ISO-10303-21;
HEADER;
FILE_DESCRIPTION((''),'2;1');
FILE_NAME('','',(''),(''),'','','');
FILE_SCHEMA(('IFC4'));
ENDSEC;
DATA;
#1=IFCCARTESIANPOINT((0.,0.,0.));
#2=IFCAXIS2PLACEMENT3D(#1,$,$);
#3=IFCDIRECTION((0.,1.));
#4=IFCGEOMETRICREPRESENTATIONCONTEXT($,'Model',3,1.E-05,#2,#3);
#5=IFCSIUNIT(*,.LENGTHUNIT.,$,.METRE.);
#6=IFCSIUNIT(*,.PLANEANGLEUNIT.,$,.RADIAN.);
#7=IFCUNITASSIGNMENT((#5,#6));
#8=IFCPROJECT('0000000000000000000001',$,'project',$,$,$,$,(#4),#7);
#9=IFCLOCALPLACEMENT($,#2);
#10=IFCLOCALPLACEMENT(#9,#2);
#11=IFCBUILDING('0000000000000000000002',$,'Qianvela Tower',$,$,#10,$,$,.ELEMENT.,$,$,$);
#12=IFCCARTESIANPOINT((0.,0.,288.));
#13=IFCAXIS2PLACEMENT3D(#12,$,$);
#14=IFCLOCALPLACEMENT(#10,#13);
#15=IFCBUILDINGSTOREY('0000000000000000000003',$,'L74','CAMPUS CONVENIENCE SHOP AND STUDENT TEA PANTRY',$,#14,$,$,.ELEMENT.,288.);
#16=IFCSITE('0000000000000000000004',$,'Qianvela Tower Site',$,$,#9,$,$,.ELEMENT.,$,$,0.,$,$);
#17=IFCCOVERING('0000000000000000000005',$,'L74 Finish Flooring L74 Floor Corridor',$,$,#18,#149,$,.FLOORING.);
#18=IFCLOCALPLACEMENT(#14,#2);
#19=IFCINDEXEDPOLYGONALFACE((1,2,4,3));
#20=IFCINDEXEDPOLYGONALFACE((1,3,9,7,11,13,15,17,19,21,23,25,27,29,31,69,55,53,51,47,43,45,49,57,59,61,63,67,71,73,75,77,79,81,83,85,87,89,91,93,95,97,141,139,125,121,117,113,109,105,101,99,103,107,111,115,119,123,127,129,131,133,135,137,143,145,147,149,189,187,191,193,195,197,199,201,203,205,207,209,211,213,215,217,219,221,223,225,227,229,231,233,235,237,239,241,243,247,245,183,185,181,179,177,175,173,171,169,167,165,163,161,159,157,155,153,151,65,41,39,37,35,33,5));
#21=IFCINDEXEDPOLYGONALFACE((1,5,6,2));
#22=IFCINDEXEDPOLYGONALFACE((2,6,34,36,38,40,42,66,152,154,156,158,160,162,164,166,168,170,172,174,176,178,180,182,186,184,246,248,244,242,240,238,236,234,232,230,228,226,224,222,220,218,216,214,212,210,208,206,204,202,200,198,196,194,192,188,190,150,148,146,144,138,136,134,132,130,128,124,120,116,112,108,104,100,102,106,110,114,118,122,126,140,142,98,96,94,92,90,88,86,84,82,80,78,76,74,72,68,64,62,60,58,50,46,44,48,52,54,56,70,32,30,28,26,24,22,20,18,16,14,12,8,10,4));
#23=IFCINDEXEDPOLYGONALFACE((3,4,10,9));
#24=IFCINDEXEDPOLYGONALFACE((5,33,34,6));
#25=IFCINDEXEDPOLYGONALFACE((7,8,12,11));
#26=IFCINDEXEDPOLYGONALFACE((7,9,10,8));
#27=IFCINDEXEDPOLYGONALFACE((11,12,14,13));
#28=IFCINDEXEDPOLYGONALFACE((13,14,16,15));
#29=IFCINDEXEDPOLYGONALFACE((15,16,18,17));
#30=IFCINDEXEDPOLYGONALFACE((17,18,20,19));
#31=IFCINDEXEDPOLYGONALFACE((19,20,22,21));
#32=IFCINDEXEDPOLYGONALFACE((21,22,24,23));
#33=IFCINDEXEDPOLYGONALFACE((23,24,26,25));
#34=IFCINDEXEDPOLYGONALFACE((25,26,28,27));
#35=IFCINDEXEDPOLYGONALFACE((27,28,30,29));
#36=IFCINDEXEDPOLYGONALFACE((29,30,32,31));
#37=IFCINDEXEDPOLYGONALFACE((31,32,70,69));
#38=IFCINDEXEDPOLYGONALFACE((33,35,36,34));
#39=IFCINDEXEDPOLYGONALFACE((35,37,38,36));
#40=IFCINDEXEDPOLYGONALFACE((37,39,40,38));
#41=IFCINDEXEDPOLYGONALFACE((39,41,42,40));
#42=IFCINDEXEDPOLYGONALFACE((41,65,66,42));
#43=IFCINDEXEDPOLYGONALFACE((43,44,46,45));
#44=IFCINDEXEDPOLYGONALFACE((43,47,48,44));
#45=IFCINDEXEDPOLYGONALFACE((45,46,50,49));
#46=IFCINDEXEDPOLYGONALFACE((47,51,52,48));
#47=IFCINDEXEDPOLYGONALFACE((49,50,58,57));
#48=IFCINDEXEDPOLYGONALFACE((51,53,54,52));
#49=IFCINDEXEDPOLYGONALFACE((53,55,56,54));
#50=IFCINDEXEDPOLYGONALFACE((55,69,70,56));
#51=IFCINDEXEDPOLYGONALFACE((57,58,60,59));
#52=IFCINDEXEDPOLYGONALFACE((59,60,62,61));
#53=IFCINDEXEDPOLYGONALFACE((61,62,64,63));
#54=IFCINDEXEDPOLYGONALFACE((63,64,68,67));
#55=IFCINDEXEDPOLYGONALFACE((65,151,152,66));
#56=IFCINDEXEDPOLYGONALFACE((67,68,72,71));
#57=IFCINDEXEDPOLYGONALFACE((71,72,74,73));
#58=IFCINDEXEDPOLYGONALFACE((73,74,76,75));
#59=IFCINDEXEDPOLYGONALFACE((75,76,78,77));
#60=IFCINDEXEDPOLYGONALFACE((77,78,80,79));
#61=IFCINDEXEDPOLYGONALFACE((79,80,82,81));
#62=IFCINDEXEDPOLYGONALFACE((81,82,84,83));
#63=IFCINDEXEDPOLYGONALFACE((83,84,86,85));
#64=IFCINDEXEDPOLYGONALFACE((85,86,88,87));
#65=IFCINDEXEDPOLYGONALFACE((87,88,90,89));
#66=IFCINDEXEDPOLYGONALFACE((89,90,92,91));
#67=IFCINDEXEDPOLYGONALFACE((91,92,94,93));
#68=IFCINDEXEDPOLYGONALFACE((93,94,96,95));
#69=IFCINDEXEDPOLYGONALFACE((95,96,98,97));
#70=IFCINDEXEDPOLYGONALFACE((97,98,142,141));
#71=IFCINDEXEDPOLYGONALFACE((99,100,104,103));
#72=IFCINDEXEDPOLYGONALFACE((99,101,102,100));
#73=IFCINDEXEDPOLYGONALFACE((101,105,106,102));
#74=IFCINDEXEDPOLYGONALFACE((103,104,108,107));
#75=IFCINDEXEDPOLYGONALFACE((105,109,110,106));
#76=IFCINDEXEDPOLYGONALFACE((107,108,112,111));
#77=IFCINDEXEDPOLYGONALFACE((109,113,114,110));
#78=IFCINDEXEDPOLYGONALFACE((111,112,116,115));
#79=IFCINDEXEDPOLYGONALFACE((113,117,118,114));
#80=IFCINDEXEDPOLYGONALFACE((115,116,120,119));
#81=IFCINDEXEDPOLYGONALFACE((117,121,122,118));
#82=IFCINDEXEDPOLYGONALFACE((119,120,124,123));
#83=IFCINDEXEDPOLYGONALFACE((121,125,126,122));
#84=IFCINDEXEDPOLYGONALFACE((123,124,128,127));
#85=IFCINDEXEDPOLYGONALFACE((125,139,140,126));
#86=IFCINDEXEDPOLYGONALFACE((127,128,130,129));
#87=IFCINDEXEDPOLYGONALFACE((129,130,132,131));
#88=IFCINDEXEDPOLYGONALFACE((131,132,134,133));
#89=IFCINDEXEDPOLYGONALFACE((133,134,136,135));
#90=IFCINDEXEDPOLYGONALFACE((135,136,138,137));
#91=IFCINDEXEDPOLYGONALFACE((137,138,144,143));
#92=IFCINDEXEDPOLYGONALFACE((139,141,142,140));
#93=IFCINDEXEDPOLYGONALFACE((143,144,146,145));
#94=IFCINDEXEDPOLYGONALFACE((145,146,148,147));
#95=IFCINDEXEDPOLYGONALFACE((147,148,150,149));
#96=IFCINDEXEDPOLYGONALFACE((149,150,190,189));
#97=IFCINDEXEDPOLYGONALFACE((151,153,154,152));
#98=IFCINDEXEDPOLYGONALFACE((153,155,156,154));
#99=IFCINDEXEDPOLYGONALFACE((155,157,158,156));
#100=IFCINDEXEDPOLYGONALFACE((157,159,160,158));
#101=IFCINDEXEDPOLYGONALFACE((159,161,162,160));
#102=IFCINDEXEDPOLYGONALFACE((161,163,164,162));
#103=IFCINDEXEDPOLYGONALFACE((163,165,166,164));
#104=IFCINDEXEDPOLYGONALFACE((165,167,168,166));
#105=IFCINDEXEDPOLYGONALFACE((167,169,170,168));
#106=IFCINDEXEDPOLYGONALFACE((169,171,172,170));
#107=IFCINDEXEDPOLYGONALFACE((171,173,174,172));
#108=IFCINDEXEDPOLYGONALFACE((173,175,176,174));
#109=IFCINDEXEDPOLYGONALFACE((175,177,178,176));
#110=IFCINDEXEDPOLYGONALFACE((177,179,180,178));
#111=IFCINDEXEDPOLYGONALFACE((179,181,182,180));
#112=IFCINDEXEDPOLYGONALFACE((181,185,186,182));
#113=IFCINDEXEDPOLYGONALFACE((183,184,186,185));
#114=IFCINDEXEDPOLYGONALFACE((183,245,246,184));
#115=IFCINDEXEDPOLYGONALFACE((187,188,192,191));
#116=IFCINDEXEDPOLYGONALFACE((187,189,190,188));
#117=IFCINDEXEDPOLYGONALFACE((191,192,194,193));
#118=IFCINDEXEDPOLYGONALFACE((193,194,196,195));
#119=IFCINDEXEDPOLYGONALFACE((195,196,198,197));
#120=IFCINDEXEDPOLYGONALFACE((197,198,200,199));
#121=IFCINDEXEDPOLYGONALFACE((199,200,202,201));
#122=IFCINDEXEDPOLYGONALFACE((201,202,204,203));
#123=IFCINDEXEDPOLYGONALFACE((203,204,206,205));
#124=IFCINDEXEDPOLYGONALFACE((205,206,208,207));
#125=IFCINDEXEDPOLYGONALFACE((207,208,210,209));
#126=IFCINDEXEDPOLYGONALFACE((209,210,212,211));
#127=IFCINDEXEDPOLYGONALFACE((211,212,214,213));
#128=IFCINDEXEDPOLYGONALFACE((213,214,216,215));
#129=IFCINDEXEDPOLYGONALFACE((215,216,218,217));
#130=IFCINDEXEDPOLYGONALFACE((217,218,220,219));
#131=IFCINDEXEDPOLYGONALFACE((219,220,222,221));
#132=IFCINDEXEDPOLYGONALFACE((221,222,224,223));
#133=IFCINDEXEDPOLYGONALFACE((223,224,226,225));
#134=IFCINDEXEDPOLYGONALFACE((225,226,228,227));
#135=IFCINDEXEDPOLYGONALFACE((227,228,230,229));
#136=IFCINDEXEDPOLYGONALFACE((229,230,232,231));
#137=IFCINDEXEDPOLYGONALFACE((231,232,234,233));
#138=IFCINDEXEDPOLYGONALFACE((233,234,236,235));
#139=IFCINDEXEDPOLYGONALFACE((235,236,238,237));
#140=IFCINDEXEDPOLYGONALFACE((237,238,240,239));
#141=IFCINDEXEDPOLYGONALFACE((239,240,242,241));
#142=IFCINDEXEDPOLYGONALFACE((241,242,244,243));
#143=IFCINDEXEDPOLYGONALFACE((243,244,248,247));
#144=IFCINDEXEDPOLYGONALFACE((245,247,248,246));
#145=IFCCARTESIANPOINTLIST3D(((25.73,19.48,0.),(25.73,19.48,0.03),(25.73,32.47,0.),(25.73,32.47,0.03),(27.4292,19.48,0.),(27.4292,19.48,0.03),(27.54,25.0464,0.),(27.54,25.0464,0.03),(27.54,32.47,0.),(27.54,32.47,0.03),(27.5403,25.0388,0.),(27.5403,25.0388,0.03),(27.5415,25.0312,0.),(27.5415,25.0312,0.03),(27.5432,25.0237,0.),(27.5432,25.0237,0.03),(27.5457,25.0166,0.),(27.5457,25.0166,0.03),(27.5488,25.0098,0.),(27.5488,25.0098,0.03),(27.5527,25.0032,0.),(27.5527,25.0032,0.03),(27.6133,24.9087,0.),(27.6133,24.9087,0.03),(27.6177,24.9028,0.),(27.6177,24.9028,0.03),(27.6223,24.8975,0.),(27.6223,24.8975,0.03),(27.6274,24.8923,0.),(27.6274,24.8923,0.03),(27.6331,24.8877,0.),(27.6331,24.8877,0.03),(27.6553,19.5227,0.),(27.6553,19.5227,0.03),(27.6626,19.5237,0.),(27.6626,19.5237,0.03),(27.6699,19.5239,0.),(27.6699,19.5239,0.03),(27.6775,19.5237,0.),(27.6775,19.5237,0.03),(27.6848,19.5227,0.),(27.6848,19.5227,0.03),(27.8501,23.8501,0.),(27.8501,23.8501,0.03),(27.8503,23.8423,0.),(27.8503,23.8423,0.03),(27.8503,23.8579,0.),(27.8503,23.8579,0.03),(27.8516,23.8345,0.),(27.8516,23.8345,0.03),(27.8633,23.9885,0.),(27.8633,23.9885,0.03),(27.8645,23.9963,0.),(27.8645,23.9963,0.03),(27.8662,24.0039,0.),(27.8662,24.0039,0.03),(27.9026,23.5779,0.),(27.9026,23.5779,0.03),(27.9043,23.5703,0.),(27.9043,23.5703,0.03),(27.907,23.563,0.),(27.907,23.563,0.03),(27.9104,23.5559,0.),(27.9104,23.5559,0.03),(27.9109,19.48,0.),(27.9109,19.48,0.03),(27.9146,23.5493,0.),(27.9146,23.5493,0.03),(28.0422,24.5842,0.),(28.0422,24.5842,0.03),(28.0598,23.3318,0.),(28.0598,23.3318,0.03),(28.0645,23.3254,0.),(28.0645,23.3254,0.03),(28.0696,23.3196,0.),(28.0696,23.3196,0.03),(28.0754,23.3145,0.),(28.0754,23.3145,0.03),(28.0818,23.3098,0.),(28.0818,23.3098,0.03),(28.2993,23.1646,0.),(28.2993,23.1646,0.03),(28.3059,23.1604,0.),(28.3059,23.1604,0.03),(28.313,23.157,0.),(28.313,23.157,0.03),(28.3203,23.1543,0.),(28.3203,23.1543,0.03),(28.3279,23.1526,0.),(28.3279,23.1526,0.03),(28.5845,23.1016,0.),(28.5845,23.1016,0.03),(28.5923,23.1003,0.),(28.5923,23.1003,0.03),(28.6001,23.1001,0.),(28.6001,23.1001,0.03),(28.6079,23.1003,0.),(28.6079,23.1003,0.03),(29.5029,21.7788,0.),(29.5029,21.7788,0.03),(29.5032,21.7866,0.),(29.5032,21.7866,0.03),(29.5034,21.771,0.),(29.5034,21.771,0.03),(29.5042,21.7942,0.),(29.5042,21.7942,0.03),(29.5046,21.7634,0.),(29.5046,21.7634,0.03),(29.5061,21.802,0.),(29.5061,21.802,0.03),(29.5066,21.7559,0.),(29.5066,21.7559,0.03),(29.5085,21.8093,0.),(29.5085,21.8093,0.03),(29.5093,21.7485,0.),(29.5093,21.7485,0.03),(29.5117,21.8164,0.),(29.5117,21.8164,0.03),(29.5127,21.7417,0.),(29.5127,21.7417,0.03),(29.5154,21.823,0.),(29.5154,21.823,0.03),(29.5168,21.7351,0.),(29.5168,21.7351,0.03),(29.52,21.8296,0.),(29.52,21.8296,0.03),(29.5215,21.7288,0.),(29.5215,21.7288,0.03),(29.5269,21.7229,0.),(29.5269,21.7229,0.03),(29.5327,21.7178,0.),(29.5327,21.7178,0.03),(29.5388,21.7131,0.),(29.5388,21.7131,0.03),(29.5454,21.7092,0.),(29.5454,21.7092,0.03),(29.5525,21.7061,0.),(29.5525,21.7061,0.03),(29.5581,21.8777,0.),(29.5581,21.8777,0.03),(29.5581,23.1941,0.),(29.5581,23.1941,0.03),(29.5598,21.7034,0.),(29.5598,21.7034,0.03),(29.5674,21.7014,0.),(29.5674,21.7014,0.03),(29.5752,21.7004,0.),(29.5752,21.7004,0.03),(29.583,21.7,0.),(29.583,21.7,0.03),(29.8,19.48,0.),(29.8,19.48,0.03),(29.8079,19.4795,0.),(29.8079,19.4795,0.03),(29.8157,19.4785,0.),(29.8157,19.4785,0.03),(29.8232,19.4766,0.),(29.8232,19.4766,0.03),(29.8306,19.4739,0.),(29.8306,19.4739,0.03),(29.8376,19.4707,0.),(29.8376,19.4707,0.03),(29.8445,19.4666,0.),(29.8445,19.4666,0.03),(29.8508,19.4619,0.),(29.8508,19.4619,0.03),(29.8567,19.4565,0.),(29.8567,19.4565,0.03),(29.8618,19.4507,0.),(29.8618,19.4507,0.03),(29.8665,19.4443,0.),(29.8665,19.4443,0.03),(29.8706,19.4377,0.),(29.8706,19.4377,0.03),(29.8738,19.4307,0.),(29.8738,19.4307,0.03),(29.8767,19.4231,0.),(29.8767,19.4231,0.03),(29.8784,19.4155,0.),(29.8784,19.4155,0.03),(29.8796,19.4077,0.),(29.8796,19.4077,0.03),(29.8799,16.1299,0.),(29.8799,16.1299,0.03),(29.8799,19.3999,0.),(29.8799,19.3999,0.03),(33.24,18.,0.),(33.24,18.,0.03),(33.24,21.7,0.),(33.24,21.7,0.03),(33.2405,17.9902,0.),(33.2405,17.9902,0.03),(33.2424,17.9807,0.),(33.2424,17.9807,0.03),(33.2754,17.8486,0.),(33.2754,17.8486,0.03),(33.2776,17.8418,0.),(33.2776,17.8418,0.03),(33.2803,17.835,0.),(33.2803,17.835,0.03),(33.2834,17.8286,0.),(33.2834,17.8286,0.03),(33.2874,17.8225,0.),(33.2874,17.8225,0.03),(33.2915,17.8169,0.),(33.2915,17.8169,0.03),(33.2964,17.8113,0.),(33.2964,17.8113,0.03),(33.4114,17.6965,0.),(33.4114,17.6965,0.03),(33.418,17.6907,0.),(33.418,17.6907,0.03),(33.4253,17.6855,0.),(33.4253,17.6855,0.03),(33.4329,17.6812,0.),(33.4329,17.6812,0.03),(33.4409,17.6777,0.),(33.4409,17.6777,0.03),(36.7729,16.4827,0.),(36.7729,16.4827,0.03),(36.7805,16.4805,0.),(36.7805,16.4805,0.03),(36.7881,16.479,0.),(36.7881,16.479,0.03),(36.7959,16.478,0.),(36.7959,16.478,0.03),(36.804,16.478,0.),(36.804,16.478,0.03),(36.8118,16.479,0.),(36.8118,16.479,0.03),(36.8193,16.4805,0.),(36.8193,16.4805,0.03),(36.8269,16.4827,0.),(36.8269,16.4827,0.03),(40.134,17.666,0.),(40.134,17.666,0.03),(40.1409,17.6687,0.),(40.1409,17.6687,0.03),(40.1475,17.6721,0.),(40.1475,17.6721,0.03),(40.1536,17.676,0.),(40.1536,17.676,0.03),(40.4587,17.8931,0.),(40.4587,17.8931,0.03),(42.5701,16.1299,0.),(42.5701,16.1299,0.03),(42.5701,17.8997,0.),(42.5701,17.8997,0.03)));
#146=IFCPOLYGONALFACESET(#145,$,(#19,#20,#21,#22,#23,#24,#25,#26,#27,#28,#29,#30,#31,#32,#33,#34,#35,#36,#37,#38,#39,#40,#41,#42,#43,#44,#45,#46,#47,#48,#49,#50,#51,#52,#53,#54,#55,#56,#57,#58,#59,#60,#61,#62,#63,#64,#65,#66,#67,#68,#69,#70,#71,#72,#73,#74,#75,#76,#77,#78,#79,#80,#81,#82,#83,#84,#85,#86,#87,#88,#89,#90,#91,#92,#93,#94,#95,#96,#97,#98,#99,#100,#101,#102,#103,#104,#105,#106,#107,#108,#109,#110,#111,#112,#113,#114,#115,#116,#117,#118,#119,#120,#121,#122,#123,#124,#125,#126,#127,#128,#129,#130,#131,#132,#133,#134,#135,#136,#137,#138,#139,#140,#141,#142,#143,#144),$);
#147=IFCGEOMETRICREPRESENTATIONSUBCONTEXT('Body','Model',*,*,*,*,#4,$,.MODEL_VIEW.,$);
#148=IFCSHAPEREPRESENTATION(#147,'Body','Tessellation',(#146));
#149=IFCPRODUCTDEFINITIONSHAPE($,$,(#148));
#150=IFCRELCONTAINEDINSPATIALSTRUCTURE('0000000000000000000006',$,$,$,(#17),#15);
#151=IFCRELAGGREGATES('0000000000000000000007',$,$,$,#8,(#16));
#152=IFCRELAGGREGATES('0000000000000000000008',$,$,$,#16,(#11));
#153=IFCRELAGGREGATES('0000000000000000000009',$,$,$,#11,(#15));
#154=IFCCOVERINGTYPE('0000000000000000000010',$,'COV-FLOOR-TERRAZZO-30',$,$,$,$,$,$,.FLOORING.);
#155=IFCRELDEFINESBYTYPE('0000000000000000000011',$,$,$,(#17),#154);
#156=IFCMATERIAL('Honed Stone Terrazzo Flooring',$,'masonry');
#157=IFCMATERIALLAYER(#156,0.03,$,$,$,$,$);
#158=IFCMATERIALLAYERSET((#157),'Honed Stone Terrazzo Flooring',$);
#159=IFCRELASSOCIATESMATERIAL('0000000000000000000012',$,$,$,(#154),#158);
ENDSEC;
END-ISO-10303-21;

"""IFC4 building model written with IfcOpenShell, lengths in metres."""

from ifc_helpers import new_model, si_unit, direction, frame, origin, place, context, subcontext, project, spatial, polyline, outline, extrude, material, layer, layer_set, type_object, element, save


model = new_model("IFC4")

# Units and contexts
model_context = context("Model", 3, precision=1e-05, world=origin(), true_north=direction((0.0, 1.0)))
body_context = subcontext(model_context, "Body", "Model", "MODEL_VIEW")
ifc_project = project(units=[si_unit("LENGTHUNIT", "METRE"), si_unit("PLANEANGLEUNIT", "RADIAN")], contexts=[model_context])

# Site, building, storey
site_placement = place(None, origin())
site = spatial("IfcSite", under=ifc_project, at=site_placement, Name="Qianvela Tower Site", CompositionType="ELEMENT", RefElevation=0.0)
building_placement = place(site_placement, origin())
building = spatial("IfcBuilding", under=site, at=building_placement, Name="Qianvela Tower", CompositionType="ELEMENT")
storey_placement = place(building_placement, frame((0.0, 0.0, 288.0)))
storey = spatial("IfcBuildingStorey", under=building, at=storey_placement, Name="L74", Description="CAMPUS CONVENIENCE SHOP AND STUDENT TEA PANTRY", CompositionType="ELEMENT", Elevation=288.0)

# Covering
ifc_material_1 = material(Name="Honed Stone Terrazzo Flooring", Category="masonry")
ifc_layer_1 = layer(ifc_material_1, 0.03)
ifc_layer_set_1 = layer_set([ifc_layer_1], Name="Honed Stone Terrazzo Flooring")
covering_type_1 = type_object("IfcCoveringType", Name="COV-FLOOR-TERRAZZO-30", PredefinedType="FLOORING", material=ifc_layer_set_1)
covering_1_placement = place(storey_placement, origin())
element("IfcCovering", 1, at=covering_1_placement, inside=storey, type_object=covering_type_1, Name="L74 Finish Flooring L74 Floor Corridor", PredefinedType="FLOORING", context=body_context, shape_type="SweptSolid", body=[
    extrude(outline(polyline([(27.8503, 23.8579), (27.8501, 23.8501), (27.8503, 23.8423), (27.8516, 23.8345), (27.9026, 23.5779), (27.9043, 23.5703), (27.907, 23.563), (27.9104, 23.5559), (27.9146, 23.5493), (28.0598, 23.3318), (28.0645, 23.3254), (28.0696, 23.3196), (28.0754, 23.3145), (28.0818, 23.3098), (28.2993, 23.1646), (28.3059, 23.1604), (28.313, 23.157), (28.3203, 23.1543), (28.3279, 23.1526), (28.5845, 23.1016), (28.5923, 23.1003), (28.6001, 23.1001), (28.6079, 23.1003), (29.5581, 23.1941), (29.5581, 21.8777), (29.52, 21.8296), (29.5154, 21.823), (29.5117, 21.8164), (29.5085, 21.8093), (29.5061, 21.802), (29.5042, 21.7942), (29.5032, 21.7866), (29.5029, 21.7788), (29.5034, 21.771), (29.5046, 21.7634), (29.5066, 21.7559), (29.5093, 21.7485), (29.5127, 21.7417), (29.5168, 21.7351), (29.5215, 21.7288), (29.5269, 21.7229), (29.5327, 21.7178), (29.5388, 21.7131), (29.5454, 21.7092), (29.5525, 21.7061), (29.5598, 21.7034), (29.5674, 21.7014), (29.5752, 21.7004), (29.583, 21.7), (33.24, 21.7), (33.24, 18.0), (33.2405, 17.9902), (33.2424, 17.9807), (33.2754, 17.8486), (33.2776, 17.8418), (33.2803, 17.835), (33.2834, 17.8286), (33.2874, 17.8225), (33.2915, 17.8169), (33.2964, 17.8113), (33.4114, 17.6965), (33.418, 17.6907), (33.4253, 17.6855), (33.4329, 17.6812), (33.4409, 17.6777), (36.7729, 16.4827), (36.7805, 16.4805), (36.7881, 16.479), (36.7959, 16.478), (36.804, 16.478), (36.8118, 16.479), (36.8193, 16.4805), (36.8269, 16.4827), (40.134, 17.666), (40.1409, 17.6687), (40.1475, 17.6721), (40.1536, 17.676), (40.4587, 17.8931), (42.5701, 17.8997), (42.5701, 16.1299), (29.8799, 16.1299), (29.8799, 19.3999), (29.8796, 19.4077), (29.8784, 19.4155), (29.8767, 19.4231), (29.8738, 19.4307), (29.8706, 19.4377), (29.8665, 19.4443), (29.8618, 19.4507), (29.8567, 19.4565), (29.8508, 19.4619), (29.8445, 19.4666), (29.8376, 19.4707), (29.8306, 19.4739), (29.8232, 19.4766), (29.8157, 19.4785), (29.8079, 19.4795), (29.8, 19.48), (27.9109, 19.48), (27.6848, 19.5227), (27.6775, 19.5237), (27.6699, 19.5239), (27.6626, 19.5237), (27.6553, 19.5227), (27.4292, 19.48), (25.73, 19.48), (25.73, 32.47), (27.54, 32.47), (27.54, 25.0464), (27.5403, 25.0388), (27.5415, 25.0312), (27.5432, 25.0237), (27.5457, 25.0166), (27.5488, 25.0098), (27.5527, 25.0032), (27.6133, 24.9087), (27.6177, 24.9028), (27.6223, 24.8975), (27.6274, 24.8923), (27.6331, 24.8877), (28.0422, 24.5842), (27.8662, 24.0039), (27.8645, 23.9963), (27.8633, 23.9885), (27.8503, 23.8579)])), origin(), (0.0, 0.0, 1.0), 0.03),
])

save(model, "model.ifc")
